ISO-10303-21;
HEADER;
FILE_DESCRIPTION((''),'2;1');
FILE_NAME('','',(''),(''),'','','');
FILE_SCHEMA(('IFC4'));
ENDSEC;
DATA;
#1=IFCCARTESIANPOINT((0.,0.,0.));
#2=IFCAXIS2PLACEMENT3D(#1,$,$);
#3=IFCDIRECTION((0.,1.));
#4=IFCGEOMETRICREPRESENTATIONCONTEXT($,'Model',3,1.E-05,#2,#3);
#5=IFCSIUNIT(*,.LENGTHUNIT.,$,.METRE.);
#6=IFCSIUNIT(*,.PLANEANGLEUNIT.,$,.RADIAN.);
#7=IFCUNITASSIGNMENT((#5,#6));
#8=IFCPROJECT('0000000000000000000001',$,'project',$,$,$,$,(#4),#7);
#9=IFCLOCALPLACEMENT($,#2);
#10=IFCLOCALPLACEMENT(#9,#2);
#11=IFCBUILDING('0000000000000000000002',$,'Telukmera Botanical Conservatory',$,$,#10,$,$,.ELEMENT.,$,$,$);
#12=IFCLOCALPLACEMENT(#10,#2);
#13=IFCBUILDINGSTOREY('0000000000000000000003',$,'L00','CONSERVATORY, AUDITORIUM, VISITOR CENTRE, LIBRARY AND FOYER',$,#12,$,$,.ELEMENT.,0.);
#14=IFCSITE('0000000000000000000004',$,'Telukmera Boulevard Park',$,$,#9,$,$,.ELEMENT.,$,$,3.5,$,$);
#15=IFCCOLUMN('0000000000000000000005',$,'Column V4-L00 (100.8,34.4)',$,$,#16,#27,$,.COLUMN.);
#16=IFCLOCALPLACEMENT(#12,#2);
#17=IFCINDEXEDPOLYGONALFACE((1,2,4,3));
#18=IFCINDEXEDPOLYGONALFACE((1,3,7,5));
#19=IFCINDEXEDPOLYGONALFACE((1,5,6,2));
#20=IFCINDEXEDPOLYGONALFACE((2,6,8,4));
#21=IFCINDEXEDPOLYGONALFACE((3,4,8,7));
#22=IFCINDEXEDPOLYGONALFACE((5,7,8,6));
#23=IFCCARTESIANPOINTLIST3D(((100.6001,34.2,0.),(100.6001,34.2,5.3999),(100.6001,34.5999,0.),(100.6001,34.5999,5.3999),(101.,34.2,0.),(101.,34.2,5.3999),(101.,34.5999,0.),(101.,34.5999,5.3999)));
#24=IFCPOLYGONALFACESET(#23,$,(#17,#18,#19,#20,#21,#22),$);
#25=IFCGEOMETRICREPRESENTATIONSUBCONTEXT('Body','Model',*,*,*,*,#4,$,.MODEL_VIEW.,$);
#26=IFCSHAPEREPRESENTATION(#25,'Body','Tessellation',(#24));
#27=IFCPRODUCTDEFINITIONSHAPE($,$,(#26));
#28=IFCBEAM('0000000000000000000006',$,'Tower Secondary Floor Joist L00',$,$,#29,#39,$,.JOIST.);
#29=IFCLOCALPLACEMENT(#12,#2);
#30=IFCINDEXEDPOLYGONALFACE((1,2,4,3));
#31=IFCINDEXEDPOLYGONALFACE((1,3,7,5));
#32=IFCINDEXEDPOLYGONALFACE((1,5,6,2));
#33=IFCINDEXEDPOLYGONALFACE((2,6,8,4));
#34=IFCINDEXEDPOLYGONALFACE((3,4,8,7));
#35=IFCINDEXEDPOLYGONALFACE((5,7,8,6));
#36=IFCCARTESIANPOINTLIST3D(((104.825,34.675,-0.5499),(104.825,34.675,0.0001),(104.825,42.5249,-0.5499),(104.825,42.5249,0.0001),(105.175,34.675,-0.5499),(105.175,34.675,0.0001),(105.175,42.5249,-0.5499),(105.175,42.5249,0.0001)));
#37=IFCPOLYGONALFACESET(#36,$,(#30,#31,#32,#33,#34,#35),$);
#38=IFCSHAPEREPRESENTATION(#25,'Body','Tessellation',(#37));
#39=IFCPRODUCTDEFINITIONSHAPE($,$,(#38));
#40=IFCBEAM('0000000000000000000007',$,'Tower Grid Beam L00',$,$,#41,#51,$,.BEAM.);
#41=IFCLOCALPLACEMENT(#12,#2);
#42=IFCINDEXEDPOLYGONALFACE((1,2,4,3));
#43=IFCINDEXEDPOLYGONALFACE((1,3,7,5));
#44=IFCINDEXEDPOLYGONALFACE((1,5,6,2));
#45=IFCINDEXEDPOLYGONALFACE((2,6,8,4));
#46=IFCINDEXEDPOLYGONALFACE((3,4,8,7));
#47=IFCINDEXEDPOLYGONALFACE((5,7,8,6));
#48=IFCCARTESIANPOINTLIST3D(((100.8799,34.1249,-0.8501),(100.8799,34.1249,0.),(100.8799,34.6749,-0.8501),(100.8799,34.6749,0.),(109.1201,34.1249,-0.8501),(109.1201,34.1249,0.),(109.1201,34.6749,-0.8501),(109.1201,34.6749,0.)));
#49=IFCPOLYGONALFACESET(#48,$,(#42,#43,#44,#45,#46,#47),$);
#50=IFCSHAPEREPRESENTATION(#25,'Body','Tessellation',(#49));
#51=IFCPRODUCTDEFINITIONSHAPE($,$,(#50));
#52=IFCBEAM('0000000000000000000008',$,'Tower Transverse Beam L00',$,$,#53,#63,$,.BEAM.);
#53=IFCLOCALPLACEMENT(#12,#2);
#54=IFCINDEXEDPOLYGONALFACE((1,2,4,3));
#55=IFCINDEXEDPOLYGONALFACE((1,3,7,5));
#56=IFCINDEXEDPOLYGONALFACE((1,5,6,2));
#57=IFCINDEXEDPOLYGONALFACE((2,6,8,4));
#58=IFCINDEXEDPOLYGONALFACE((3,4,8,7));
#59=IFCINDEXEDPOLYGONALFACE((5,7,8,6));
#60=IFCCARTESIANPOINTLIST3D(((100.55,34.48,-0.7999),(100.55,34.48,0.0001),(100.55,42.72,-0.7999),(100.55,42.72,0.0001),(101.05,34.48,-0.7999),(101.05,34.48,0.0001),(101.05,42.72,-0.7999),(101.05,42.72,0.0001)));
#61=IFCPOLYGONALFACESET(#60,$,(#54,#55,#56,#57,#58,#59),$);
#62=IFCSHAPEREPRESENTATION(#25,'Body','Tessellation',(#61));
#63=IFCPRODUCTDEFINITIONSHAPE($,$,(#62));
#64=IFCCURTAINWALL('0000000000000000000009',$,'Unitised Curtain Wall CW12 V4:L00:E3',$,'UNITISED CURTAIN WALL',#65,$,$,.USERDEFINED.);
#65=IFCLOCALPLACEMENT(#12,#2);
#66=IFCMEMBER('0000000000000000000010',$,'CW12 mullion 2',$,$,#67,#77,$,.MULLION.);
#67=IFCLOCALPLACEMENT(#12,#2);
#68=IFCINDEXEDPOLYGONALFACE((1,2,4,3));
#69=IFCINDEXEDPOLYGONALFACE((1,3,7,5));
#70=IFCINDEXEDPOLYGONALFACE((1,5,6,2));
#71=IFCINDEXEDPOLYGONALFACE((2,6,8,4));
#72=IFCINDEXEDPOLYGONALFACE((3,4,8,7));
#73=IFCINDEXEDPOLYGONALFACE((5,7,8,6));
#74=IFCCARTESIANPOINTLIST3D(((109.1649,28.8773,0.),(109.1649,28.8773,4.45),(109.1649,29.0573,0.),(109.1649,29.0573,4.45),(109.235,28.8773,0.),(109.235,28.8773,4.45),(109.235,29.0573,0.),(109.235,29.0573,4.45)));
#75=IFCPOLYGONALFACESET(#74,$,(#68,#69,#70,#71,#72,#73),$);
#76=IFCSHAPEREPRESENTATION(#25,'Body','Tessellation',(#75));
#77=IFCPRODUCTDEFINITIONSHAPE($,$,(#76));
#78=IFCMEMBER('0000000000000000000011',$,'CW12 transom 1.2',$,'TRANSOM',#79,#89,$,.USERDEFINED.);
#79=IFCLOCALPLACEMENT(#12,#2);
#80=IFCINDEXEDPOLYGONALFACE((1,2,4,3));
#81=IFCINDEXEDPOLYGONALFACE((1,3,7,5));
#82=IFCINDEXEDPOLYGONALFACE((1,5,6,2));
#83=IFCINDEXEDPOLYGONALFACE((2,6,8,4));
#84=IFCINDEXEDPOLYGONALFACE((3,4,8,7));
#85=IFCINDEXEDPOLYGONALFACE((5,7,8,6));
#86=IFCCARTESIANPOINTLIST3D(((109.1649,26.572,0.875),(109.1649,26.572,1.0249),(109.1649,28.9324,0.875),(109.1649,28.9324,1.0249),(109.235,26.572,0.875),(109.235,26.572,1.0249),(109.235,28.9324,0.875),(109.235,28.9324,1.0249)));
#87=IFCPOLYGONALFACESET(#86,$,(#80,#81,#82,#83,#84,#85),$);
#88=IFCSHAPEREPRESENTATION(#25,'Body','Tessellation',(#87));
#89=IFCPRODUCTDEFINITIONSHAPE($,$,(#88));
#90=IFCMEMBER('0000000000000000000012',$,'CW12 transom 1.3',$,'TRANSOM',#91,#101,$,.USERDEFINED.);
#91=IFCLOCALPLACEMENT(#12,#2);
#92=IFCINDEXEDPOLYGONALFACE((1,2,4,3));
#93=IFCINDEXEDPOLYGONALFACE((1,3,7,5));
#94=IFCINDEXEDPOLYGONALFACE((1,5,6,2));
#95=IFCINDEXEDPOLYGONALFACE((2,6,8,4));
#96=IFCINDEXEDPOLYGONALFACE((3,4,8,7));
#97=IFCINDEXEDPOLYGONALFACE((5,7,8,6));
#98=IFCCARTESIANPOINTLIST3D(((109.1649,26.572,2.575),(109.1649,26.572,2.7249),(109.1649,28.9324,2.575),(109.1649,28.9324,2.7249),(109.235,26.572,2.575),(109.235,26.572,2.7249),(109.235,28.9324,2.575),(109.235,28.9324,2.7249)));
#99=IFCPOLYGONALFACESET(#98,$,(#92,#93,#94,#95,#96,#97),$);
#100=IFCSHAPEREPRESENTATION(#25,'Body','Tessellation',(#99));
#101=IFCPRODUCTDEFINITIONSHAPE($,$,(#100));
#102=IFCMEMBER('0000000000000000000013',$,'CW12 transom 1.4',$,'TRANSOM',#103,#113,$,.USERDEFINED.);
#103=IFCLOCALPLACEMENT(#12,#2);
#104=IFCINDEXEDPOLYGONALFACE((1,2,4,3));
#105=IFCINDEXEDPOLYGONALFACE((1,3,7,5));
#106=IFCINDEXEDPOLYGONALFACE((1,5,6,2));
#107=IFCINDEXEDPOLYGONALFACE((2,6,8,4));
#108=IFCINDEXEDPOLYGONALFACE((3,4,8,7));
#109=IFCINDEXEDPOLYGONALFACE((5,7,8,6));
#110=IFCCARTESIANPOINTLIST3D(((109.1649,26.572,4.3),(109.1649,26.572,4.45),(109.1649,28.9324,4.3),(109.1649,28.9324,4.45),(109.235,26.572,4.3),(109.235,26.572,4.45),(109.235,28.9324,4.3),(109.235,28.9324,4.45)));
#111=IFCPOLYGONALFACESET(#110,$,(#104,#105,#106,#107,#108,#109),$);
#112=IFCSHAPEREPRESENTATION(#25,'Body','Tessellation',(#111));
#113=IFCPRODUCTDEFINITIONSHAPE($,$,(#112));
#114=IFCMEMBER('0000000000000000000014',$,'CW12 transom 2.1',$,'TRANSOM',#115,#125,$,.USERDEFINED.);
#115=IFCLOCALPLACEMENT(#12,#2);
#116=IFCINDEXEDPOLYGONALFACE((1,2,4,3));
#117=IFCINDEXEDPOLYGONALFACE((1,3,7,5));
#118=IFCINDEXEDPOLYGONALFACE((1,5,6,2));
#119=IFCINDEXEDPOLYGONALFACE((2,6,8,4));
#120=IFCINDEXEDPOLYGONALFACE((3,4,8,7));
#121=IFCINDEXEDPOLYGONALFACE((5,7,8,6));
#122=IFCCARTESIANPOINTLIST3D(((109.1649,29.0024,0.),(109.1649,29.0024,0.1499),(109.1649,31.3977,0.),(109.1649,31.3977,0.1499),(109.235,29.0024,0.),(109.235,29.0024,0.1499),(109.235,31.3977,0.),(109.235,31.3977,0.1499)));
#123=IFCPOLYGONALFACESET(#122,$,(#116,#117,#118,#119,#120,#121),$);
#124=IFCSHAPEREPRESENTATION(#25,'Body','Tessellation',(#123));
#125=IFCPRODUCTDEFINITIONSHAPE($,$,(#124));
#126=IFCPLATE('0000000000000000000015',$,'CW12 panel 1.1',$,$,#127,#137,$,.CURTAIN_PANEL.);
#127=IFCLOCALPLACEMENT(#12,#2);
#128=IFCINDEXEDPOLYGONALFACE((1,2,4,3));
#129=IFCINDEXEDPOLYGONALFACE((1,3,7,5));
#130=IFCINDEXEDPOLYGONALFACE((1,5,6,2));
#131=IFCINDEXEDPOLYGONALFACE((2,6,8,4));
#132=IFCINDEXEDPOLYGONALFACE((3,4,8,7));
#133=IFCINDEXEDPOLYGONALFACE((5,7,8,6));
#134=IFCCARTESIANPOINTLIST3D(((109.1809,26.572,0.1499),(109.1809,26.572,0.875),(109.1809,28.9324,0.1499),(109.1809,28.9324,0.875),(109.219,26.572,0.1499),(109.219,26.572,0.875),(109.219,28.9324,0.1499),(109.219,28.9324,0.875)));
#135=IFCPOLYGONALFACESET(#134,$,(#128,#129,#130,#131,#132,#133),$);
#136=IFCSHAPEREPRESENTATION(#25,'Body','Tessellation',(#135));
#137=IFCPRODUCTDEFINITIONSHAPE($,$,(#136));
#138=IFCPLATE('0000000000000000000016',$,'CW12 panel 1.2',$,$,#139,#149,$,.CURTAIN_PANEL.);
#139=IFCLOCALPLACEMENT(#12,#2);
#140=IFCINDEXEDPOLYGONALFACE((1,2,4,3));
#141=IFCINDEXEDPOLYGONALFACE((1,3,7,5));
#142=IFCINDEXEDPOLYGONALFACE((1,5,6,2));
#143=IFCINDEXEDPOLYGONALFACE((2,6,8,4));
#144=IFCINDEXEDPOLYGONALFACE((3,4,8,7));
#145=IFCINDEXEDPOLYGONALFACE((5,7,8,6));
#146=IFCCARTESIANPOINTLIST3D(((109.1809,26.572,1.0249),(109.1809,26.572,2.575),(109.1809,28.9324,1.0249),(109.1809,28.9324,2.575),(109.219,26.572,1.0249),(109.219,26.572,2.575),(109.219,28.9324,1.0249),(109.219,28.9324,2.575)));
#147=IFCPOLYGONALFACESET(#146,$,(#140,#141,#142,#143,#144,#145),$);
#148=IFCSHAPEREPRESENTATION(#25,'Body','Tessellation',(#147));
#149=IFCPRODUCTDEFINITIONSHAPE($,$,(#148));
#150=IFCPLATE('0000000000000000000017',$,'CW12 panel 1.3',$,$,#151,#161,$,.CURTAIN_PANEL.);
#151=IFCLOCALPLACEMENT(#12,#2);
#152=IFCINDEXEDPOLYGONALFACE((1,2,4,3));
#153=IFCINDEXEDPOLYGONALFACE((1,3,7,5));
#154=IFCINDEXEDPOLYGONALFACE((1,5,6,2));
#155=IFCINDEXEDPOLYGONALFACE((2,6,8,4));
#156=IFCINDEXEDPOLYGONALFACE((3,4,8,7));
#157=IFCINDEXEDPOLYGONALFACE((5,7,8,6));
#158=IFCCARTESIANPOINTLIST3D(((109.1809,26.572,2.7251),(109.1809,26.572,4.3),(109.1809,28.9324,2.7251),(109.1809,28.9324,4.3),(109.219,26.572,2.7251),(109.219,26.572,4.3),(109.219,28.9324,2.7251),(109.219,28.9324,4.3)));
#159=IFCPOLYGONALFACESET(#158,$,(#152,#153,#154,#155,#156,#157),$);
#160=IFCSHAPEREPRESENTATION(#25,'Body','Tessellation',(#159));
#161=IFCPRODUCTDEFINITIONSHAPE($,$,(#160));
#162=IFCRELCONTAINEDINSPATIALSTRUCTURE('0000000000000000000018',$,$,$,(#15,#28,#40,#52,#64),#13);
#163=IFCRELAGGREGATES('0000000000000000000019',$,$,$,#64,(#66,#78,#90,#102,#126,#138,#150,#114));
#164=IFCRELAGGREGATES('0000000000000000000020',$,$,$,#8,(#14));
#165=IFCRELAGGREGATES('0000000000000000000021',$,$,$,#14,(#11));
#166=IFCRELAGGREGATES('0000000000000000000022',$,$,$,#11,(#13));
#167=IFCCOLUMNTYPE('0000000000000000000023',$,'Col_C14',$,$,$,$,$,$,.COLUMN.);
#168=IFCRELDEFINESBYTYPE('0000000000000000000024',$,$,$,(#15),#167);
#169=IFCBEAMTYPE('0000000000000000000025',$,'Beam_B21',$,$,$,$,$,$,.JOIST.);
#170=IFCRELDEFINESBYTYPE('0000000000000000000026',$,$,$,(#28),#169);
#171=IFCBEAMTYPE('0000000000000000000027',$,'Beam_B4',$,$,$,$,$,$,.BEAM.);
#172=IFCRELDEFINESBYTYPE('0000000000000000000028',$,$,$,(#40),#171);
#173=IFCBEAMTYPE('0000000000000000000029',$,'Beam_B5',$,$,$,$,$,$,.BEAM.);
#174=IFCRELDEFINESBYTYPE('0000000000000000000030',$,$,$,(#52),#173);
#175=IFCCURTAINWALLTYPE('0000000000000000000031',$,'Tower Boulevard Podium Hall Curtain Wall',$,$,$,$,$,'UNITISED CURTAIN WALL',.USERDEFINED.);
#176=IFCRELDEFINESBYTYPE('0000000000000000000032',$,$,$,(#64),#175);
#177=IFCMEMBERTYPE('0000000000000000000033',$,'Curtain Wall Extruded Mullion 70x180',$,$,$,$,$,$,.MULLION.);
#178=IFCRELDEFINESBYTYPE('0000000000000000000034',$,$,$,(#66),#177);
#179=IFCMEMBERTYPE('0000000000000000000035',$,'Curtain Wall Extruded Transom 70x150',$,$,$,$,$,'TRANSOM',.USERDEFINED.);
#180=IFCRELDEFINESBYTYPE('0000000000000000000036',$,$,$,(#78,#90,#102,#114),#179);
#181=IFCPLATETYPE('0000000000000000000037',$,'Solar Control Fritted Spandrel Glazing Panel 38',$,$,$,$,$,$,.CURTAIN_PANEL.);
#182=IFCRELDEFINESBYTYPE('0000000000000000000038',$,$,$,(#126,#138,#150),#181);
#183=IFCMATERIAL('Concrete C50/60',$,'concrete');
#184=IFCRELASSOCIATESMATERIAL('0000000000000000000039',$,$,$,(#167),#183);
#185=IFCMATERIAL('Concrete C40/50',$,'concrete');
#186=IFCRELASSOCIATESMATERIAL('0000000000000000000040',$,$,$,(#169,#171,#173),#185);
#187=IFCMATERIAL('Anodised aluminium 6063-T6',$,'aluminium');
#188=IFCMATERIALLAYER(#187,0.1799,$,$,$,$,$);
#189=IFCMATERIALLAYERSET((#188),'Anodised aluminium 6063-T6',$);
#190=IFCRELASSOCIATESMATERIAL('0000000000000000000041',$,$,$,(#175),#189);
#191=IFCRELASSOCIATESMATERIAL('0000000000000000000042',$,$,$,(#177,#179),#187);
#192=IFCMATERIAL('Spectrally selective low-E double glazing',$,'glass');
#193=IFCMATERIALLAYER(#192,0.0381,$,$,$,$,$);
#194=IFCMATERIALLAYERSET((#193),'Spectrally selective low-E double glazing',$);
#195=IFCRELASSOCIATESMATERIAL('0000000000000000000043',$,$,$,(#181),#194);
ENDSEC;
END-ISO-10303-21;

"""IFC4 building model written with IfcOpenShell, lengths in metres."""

from ifc_helpers import new_model, si_unit, direction, frame, origin, origin_2d, place, context, subcontext, project, spatial, rectangle, extrude, material, layer, layer_set, material_profile, profile_set, type_object, element, aggregate, save


model = new_model("IFC4")

# Units and contexts
model_context = context("Model", 3, precision=1e-05, world=origin(), true_north=direction((0.0, 1.0)))
body_context = subcontext(model_context, "Body", "Model", "MODEL_VIEW")
ifc_project = project(units=[si_unit("LENGTHUNIT", "METRE"), si_unit("PLANEANGLEUNIT", "RADIAN")], contexts=[model_context])

# Site, building, storey
site_placement = place(None, origin())
site = spatial("IfcSite", under=ifc_project, at=site_placement, Name="Telukmera Boulevard Park", CompositionType="ELEMENT", RefElevation=3.5)
building_placement = place(site_placement, origin())
building = spatial("IfcBuilding", under=site, at=building_placement, Name="Telukmera Botanical Conservatory", CompositionType="ELEMENT")
storey_placement = place(building_placement, origin())
storey = spatial("IfcBuildingStorey", under=building, at=storey_placement, Name="L00", Description="CONSERVATORY, AUDITORIUM, VISITOR CENTRE, LIBRARY AND FOYER", CompositionType="ELEMENT", Elevation=0.0)

# Column
ifc_material_1 = material(Name="Concrete C50/60", Category="concrete")
ifc_material_profile_1 = material_profile(ifc_material_1, rectangle(XDim=0.3999, YDim=0.3999, at=origin_2d()), Name="RC 400x400")
ifc_profile_set_1 = profile_set([ifc_material_profile_1], Name="Concrete C50/60")
column_type = type_object("IfcColumnType", Name="Col_C14", PredefinedType="COLUMN", material=ifc_profile_set_1)
column_placement = place(storey_placement, frame((100.8, 34.3999, 0.0), z_axis=(0.0, 0.0, 1.0), x_axis=(1.0, 0.0, 0.0)))
element("IfcColumn", 1, at=column_placement, inside=storey, type_object=column_type, Name="Column V4-L00 (100.8,34.4)", PredefinedType="COLUMN", context=body_context, shape_type="SweptSolid", body=[
    extrude(rectangle(XDim=0.3999, YDim=0.3999, at=origin_2d()), origin(), (0.0, 0.0, 1.0), 5.3999),
])

# Beams
ifc_material_2 = material(Name="Concrete C40/50", Category="concrete")
ifc_material_profile_2 = material_profile(ifc_material_2, rectangle(XDim=0.3501, YDim=0.55, at=origin_2d()), Name="RC 350x550")
ifc_profile_set_2 = profile_set([ifc_material_profile_2], Name="Concrete C40/50")
beam_type_1 = type_object("IfcBeamType", Name="Beam_B21", PredefinedType="JOIST", material=ifc_profile_set_2)
beam_1_placement = place(storey_placement, frame((105.0, 34.675, -0.2749), z_axis=(0.0, 1.0, 0.0), x_axis=(-1.0, 0.0, 0.0)))
element("IfcBeam", 2, at=beam_1_placement, inside=storey, type_object=beam_type_1, Name="Tower Secondary Floor Joist L00", PredefinedType="JOIST", context=body_context, shape_type="SweptSolid", body=[
    extrude(rectangle(XDim=0.3501, YDim=0.55, at=origin_2d()), origin(), (0.0, 0.0, 1.0), 7.8499),
])
ifc_material_profile_3 = material_profile(ifc_material_2, rectangle(XDim=0.55, YDim=0.8501, at=origin_2d()), Name="RC 550x850")
ifc_profile_set_3 = profile_set([ifc_material_profile_3], Name="Concrete C40/50")
beam_type_2 = type_object("IfcBeamType", Name="Beam_B4", PredefinedType="BEAM", material=ifc_profile_set_3)
beam_2_placement = place(storey_placement, frame((100.8799, 34.3999, -0.425), z_axis=(1.0, 0.0, 0.0), x_axis=(0.0, 1.0, 0.0)))
element("IfcBeam", 3, at=beam_2_placement, inside=storey, type_object=beam_type_2, Name="Tower Grid Beam L00", PredefinedType="BEAM", context=body_context, shape_type="SweptSolid", body=[
    extrude(rectangle(XDim=0.55, YDim=0.8501, at=origin_2d()), origin(), (0.0, 0.0, 1.0), 8.2402),
])
ifc_material_profile_4 = material_profile(ifc_material_2, rectangle(XDim=0.5, YDim=0.8, at=origin_2d()), Name="RC 500x800")
ifc_profile_set_4 = profile_set([ifc_material_profile_4], Name="Concrete C40/50")
beam_type_3 = type_object("IfcBeamType", Name="Beam_B5", PredefinedType="BEAM", material=ifc_profile_set_4)
beam_3_placement = place(storey_placement, frame((100.8, 34.48, -0.3999), z_axis=(0.0, 1.0, 0.0), x_axis=(-1.0, 0.0, 0.0)))
element("IfcBeam", 4, at=beam_3_placement, inside=storey, type_object=beam_type_3, Name="Tower Transverse Beam L00", PredefinedType="BEAM", context=body_context, shape_type="SweptSolid", body=[
    extrude(rectangle(XDim=0.5, YDim=0.8, at=origin_2d()), origin(), (0.0, 0.0, 1.0), 8.24),
])

# Curtain wall, members, plates
ifc_material_3 = material(Name="Anodised aluminium 6063-T6", Category="aluminium")
ifc_layer_1 = layer(ifc_material_3, 0.1799)
ifc_layer_set_1 = layer_set([ifc_layer_1], Name="Anodised aluminium 6063-T6")
curtain_wall_type = type_object("IfcCurtainWallType", Name="Tower Boulevard Podium Hall Curtain Wall", ElementType="UNITISED CURTAIN WALL", PredefinedType="USERDEFINED", material=ifc_layer_set_1)
curtain_wall_placement = place(storey_placement, origin())
curtain_wall = element("IfcCurtainWall", 5, at=curtain_wall_placement, inside=storey, type_object=curtain_wall_type, Name="Unitised Curtain Wall CW12 V4:L00:E3", ObjectType="UNITISED CURTAIN WALL", PredefinedType="USERDEFINED")
ifc_material_profile_5 = material_profile(ifc_material_3, rectangle(XDim=0.0701, YDim=0.1799, at=origin_2d()), Name="ALU MULL 70x180")
ifc_profile_set_5 = profile_set([ifc_material_profile_5], Name="Anodised aluminium 6063-T6")
member_type_1 = type_object("IfcMemberType", Name="Curtain Wall Extruded Mullion 70x180", PredefinedType="MULLION", material=ifc_profile_set_5)
member_1_placement = place(storey_placement, frame((109.2, 28.9673, 0.0), z_axis=(0.0, 0.0, 1.0), x_axis=(-1.0, 0.0, 0.0)))
member_1 = element("IfcMember", 6, at=member_1_placement, type_object=member_type_1, Name="CW12 mullion 2", PredefinedType="MULLION", context=body_context, shape_type="SweptSolid", body=[
    extrude(rectangle(XDim=0.0701, YDim=0.1799, at=origin_2d()), origin(), (0.0, 0.0, 1.0), 4.45),
])
ifc_material_profile_6 = material_profile(ifc_material_3, rectangle(XDim=0.0701, YDim=0.1499, at=origin_2d()), Name="ALU TRAN 70x150")
ifc_profile_set_6 = profile_set([ifc_material_profile_6], Name="Anodised aluminium 6063-T6")
member_type_2 = type_object("IfcMemberType", Name="Curtain Wall Extruded Transom 70x150", ElementType="TRANSOM", PredefinedType="USERDEFINED", material=ifc_profile_set_6)
member_2_placement = place(storey_placement, frame((109.2, 26.572, 0.95), z_axis=(0.0, 1.0, 0.0), x_axis=(-1.0, 0.0, 0.0)))
member_2 = element("IfcMember", 7, at=member_2_placement, type_object=member_type_2, Name="CW12 transom 1.2", ObjectType="TRANSOM", PredefinedType="USERDEFINED", context=body_context, shape_type="SweptSolid", body=[
    extrude(rectangle(XDim=0.0701, YDim=0.1499, at=origin_2d()), origin(), (0.0, 0.0, 1.0), 2.3604),
])
member_3_placement = place(storey_placement, frame((109.2, 26.572, 2.6499), z_axis=(0.0, 1.0, 0.0), x_axis=(-1.0, 0.0, 0.0)))
member_3 = element("IfcMember", 8, at=member_3_placement, type_object=member_type_2, Name="CW12 transom 1.3", ObjectType="TRANSOM", PredefinedType="USERDEFINED", context=body_context, shape_type="SweptSolid", body=[
    extrude(rectangle(XDim=0.0701, YDim=0.1499, at=origin_2d()), origin(), (0.0, 0.0, 1.0), 2.3604),
])
member_4_placement = place(storey_placement, frame((109.2, 26.572, 4.375), z_axis=(0.0, 1.0, 0.0), x_axis=(-1.0, 0.0, 0.0)))
member_4 = element("IfcMember", 9, at=member_4_placement, type_object=member_type_2, Name="CW12 transom 1.4", ObjectType="TRANSOM", PredefinedType="USERDEFINED", context=body_context, shape_type="SweptSolid", body=[
    extrude(rectangle(XDim=0.0701, YDim=0.1499, at=origin_2d()), origin(), (0.0, 0.0, 1.0), 2.3604),
])
member_5_placement = place(storey_placement, frame((109.2, 29.0024, 0.075), z_axis=(0.0, 1.0, 0.0), x_axis=(-1.0, 0.0, 0.0)))
member_5 = element("IfcMember", 10, at=member_5_placement, type_object=member_type_2, Name="CW12 transom 2.1", ObjectType="TRANSOM", PredefinedType="USERDEFINED", context=body_context, shape_type="SweptSolid", body=[
    extrude(rectangle(XDim=0.0701, YDim=0.1499, at=origin_2d()), origin(), (0.0, 0.0, 1.0), 2.3953),
])
ifc_material_4 = material(Name="Spectrally selective low-E double glazing", Category="glass")
ifc_layer_2 = layer(ifc_material_4, 0.0381)
ifc_layer_set_2 = layer_set([ifc_layer_2], Name="Spectrally selective low-E double glazing")
plate_type = type_object("IfcPlateType", Name="Solar Control Fritted Spandrel Glazing Panel 38", PredefinedType="CURTAIN_PANEL", material=ifc_layer_set_2)
plate_1_placement = place(storey_placement, frame((109.2, 27.7522, 0.1499), z_axis=(0.0, 0.0, 1.0), x_axis=(0.0, 1.0, 0.0)))
plate_1 = element("IfcPlate", 11, at=plate_1_placement, type_object=plate_type, Name="CW12 panel 1.1", PredefinedType="CURTAIN_PANEL", context=body_context, shape_type="SweptSolid", body=[
    extrude(rectangle(XDim=2.3604, YDim=0.0381, at=origin_2d()), origin(), (0.0, 0.0, 1.0), 0.7251),
])
plate_2_placement = place(storey_placement, frame((109.2, 27.7522, 1.0249), z_axis=(0.0, 0.0, 1.0), x_axis=(0.0, 1.0, 0.0)))
plate_2 = element("IfcPlate", 12, at=plate_2_placement, type_object=plate_type, Name="CW12 panel 1.2", PredefinedType="CURTAIN_PANEL", context=body_context, shape_type="SweptSolid", body=[
    extrude(rectangle(XDim=2.3604, YDim=0.0381, at=origin_2d()), origin(), (0.0, 0.0, 1.0), 1.55),
])
plate_3_placement = place(storey_placement, frame((109.2, 27.7522, 2.7251), z_axis=(0.0, 0.0, 1.0), x_axis=(0.0, 1.0, 0.0)))
plate_3 = element("IfcPlate", 13, at=plate_3_placement, type_object=plate_type, Name="CW12 panel 1.3", PredefinedType="CURTAIN_PANEL", context=body_context, shape_type="SweptSolid", body=[
    extrude(rectangle(XDim=2.3604, YDim=0.0381, at=origin_2d()), origin(), (0.0, 0.0, 1.0), 1.575),
])
aggregate(curtain_wall, [member_1, member_2, member_3, member_4, plate_1, plate_2, plate_3, member_5])

save(model, "model.ifc")
